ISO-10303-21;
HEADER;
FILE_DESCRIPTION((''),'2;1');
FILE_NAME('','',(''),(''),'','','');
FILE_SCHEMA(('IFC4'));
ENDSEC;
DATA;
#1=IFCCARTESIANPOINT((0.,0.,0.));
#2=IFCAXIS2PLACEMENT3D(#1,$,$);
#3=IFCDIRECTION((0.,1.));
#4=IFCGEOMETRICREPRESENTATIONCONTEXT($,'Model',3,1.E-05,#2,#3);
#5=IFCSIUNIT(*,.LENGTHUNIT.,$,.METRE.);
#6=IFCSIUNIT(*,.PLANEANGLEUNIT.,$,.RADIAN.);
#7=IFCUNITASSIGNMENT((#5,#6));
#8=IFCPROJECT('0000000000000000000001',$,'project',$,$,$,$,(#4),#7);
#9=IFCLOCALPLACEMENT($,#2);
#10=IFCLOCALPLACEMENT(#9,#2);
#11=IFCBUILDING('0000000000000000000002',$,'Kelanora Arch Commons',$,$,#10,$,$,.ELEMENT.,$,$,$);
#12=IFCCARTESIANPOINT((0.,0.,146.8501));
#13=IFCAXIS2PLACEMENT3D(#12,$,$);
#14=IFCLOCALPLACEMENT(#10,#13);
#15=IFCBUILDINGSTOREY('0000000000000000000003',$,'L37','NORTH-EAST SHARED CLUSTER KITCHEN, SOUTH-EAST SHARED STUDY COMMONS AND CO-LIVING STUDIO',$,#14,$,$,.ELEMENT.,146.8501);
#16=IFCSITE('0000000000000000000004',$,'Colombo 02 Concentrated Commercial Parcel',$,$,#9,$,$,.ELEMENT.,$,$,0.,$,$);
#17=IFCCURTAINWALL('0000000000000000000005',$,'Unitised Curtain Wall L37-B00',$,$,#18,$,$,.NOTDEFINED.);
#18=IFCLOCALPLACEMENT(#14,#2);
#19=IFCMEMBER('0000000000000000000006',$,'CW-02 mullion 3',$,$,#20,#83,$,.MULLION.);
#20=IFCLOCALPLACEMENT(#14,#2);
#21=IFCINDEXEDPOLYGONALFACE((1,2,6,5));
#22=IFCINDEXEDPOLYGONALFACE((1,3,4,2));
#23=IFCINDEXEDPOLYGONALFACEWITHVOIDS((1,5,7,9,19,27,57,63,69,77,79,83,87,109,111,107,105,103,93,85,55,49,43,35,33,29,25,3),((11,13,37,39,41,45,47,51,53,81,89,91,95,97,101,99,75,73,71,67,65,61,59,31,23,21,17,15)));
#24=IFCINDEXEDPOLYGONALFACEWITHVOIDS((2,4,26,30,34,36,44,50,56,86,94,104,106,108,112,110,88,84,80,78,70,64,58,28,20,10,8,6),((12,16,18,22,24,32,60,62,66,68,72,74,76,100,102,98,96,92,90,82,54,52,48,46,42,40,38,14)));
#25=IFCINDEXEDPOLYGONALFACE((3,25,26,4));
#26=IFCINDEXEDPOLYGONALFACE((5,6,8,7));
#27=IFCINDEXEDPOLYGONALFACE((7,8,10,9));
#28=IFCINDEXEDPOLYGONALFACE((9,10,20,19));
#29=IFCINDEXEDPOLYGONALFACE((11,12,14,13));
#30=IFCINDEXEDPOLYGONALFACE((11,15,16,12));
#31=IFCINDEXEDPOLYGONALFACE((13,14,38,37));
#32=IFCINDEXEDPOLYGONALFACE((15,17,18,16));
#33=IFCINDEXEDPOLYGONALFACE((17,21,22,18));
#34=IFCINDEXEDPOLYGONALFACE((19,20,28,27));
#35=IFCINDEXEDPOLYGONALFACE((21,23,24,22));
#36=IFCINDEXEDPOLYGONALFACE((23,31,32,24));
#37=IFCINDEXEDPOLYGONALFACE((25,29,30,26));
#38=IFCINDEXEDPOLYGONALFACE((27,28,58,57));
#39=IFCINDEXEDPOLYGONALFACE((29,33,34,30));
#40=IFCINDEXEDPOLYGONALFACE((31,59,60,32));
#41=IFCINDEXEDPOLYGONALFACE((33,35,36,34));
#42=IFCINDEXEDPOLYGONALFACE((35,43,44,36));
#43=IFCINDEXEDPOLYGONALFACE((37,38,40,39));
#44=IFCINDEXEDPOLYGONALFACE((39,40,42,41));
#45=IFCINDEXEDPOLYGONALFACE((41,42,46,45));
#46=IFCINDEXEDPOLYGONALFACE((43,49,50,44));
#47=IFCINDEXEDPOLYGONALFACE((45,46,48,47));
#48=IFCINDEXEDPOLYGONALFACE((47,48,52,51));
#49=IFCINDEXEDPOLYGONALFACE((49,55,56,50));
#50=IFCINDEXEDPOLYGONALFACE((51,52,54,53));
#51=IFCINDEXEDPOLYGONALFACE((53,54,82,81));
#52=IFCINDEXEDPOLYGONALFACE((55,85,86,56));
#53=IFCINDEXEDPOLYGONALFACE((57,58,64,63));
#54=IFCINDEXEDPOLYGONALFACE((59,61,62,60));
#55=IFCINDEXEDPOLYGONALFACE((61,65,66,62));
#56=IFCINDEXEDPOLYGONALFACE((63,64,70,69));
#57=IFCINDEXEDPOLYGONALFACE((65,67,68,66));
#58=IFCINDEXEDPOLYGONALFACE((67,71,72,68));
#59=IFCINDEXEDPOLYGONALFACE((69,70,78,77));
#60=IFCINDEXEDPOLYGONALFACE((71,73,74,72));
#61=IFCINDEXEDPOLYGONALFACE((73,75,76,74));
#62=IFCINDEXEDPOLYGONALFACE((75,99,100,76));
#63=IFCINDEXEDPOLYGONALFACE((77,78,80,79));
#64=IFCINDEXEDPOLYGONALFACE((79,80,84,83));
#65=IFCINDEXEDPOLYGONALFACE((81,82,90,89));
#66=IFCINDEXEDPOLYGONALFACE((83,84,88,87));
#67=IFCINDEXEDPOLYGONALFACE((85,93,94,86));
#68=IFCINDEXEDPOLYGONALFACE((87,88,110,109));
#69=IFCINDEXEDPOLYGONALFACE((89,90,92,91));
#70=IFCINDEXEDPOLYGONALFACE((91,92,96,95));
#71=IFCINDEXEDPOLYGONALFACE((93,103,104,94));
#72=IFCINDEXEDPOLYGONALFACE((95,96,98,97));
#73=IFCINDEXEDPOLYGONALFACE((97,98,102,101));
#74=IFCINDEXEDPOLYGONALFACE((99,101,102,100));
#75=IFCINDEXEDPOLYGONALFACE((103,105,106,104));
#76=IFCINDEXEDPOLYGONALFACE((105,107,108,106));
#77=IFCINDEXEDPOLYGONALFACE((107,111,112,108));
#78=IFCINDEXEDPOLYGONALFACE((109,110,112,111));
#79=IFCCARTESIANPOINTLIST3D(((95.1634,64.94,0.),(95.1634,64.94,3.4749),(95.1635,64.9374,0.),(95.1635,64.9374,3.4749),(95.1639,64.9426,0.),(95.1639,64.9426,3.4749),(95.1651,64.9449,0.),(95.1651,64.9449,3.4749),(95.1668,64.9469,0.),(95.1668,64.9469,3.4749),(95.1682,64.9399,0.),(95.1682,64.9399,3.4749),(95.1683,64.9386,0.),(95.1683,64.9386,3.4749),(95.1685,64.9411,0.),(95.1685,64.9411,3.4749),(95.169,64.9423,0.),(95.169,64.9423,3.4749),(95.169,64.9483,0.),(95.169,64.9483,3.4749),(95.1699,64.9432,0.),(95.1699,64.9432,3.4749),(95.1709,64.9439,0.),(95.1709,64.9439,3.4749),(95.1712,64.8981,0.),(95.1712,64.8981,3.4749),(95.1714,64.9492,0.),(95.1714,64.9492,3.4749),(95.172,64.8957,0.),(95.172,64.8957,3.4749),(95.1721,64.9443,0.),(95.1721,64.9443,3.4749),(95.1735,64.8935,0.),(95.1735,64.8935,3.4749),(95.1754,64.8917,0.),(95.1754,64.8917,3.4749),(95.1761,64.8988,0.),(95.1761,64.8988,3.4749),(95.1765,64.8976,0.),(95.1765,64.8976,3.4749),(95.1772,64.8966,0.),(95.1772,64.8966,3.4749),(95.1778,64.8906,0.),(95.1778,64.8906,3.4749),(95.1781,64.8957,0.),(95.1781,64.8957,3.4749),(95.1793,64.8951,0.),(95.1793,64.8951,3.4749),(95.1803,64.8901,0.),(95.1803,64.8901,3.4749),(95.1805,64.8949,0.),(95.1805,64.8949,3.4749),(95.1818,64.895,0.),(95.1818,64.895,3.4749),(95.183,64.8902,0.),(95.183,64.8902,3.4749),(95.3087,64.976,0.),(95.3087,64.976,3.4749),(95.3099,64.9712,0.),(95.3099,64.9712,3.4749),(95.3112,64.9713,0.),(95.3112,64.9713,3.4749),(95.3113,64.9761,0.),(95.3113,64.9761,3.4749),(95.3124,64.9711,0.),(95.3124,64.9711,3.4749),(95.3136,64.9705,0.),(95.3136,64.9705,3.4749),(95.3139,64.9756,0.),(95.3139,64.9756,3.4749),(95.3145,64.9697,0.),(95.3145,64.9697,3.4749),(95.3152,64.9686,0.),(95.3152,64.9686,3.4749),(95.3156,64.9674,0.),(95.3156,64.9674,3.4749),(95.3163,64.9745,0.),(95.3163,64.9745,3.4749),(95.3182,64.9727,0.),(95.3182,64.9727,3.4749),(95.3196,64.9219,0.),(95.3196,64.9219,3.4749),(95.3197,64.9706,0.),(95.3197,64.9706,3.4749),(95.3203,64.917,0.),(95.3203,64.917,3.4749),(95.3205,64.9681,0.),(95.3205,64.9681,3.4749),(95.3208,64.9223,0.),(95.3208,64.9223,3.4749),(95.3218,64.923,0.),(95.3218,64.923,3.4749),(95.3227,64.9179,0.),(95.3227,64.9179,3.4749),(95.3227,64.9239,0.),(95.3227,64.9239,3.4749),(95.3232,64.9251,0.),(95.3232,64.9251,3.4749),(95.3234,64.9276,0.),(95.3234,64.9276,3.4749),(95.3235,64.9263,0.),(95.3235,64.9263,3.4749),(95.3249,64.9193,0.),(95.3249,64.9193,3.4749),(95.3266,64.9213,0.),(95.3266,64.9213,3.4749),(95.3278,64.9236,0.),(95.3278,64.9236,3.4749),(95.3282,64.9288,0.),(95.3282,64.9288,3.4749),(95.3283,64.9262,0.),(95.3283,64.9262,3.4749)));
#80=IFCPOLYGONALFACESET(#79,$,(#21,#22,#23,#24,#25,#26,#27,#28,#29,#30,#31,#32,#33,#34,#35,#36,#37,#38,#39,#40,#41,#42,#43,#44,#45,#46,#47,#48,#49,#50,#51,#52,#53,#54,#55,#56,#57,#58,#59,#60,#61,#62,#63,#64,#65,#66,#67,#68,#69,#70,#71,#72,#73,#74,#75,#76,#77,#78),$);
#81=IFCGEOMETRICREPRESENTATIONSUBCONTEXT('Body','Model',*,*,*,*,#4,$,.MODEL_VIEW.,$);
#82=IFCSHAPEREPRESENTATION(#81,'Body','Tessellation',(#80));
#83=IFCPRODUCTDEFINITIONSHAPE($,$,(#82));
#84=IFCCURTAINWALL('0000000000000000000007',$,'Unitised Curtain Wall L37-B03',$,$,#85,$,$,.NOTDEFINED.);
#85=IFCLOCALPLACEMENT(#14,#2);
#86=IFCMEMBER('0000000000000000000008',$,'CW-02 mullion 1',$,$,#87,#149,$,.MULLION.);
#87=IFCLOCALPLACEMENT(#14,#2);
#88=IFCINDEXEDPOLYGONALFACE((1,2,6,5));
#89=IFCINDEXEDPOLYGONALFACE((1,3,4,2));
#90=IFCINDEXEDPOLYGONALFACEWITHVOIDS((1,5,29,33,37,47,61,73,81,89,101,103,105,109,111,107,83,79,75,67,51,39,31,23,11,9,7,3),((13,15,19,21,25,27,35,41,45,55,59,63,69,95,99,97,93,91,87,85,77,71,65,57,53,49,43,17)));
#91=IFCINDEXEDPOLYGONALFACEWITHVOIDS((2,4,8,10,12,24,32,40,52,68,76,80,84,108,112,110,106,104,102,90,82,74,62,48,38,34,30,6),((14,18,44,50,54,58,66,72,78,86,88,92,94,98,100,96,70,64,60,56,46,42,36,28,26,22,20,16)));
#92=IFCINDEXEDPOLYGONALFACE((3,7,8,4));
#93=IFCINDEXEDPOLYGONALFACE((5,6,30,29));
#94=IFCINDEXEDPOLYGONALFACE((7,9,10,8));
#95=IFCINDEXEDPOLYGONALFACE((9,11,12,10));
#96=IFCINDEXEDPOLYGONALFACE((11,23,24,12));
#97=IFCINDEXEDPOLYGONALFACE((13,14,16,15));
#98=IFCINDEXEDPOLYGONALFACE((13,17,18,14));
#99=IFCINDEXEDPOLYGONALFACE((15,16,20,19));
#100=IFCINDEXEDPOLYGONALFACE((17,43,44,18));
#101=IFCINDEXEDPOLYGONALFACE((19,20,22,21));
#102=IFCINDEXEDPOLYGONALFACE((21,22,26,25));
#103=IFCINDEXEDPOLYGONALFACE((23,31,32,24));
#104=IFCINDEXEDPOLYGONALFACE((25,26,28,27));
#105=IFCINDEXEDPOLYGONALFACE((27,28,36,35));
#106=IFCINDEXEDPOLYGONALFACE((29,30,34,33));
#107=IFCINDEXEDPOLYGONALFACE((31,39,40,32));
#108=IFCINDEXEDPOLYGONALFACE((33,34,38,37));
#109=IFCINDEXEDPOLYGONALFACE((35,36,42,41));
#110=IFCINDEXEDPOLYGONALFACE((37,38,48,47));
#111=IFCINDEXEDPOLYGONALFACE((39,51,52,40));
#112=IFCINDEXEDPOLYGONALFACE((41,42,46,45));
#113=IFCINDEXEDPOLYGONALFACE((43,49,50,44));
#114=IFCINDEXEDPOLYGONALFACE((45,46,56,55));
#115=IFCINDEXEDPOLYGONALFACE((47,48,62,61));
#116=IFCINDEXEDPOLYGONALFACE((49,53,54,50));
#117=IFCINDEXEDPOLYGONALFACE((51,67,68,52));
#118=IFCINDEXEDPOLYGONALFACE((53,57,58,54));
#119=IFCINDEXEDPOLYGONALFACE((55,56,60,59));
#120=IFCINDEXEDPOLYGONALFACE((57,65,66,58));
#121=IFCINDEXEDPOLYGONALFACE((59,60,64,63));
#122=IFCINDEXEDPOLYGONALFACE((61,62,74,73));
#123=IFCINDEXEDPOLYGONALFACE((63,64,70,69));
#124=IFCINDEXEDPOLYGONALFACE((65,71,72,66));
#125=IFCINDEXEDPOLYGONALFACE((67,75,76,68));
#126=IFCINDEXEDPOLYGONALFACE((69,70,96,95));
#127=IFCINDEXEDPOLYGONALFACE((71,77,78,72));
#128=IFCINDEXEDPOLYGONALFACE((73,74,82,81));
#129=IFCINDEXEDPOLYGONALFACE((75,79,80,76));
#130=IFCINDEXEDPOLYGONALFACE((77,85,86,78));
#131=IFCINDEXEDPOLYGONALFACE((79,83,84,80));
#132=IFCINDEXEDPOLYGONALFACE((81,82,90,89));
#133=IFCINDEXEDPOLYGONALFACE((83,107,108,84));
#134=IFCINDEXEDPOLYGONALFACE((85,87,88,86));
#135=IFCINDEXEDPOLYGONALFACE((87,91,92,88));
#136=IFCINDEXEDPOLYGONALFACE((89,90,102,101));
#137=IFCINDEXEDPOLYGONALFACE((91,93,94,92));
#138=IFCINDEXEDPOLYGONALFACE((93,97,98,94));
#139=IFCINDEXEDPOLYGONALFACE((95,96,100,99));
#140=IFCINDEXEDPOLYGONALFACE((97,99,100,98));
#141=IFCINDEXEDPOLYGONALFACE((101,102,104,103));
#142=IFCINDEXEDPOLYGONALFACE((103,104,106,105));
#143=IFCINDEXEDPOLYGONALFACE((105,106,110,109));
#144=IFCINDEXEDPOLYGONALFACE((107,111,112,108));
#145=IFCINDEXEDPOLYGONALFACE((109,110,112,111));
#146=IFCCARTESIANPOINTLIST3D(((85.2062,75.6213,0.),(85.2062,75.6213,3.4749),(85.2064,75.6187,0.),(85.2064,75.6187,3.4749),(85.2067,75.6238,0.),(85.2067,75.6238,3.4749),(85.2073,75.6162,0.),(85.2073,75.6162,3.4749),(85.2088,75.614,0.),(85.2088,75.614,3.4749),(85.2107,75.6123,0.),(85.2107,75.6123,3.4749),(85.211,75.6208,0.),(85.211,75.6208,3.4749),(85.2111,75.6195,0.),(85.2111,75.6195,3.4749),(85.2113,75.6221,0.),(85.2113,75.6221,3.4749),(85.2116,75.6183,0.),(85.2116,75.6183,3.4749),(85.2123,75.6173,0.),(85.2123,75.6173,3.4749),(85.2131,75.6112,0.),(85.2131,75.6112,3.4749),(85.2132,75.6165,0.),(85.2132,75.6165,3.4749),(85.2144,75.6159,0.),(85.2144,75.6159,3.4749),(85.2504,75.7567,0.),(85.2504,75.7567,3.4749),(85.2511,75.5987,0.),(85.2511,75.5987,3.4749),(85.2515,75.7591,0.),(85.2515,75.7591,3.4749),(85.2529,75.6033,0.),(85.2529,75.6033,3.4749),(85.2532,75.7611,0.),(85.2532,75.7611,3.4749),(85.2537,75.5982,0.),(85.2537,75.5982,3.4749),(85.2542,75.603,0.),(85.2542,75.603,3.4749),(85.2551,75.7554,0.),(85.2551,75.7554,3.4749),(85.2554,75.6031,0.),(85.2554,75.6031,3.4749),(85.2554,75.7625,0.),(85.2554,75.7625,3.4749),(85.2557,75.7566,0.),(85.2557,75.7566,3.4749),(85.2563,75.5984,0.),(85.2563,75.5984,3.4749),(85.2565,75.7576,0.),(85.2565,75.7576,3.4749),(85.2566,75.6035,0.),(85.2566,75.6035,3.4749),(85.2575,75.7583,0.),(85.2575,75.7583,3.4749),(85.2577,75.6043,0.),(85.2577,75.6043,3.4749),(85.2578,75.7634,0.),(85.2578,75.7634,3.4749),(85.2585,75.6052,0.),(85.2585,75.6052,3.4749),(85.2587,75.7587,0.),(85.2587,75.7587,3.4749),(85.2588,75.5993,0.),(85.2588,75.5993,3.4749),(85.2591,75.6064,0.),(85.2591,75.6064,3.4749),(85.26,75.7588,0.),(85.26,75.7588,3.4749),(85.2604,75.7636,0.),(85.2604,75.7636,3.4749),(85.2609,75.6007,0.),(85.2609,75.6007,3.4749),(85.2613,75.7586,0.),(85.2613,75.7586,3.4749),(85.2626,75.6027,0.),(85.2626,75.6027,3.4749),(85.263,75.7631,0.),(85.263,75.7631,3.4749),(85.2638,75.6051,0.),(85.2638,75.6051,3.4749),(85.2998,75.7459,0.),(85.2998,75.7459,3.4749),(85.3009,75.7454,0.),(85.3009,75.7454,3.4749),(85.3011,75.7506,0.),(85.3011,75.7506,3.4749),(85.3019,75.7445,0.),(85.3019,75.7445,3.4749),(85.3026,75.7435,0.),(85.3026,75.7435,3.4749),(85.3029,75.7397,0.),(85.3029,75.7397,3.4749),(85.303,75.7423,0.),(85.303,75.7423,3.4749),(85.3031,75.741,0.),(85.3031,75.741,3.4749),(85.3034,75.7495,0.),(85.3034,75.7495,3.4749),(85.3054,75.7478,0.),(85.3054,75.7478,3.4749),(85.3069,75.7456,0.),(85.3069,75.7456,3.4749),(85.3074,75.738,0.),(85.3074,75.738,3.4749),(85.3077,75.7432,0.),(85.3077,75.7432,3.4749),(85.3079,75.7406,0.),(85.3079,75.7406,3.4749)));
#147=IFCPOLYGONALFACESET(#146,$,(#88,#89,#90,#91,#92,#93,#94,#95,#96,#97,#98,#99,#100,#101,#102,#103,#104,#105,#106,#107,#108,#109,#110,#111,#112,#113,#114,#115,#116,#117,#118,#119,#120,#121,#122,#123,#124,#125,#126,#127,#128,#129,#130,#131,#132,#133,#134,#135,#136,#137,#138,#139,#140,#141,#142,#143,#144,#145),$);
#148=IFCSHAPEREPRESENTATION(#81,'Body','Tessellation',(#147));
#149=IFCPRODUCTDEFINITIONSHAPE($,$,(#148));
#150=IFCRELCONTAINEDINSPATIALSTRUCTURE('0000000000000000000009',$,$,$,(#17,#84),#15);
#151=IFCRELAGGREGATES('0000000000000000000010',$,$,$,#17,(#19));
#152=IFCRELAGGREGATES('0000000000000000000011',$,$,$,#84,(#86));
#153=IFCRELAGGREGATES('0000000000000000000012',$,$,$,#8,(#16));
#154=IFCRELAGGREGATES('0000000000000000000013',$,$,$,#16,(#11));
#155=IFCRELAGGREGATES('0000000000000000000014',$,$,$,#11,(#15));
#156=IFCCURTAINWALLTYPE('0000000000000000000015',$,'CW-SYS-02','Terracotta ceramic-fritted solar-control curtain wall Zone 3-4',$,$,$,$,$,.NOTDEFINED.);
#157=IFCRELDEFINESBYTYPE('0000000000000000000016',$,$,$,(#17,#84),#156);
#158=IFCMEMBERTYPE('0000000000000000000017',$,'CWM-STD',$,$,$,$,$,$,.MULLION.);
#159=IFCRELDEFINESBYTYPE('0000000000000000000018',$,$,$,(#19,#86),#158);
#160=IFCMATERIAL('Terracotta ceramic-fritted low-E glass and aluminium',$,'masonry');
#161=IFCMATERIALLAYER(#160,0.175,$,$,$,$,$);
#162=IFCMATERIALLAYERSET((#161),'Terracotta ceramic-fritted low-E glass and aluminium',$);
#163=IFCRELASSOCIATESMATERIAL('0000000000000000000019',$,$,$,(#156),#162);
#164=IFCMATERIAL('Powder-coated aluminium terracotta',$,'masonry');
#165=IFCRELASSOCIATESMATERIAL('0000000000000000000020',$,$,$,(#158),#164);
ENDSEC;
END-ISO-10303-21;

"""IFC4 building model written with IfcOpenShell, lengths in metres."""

from ifc_helpers import new_model, si_unit, direction, frame, origin, origin_2d, place, context, subcontext, project, spatial, hollow_rectangle, extrude, material, layer, layer_set, material_profile, profile_set, type_object, element, aggregate, save


model = new_model("IFC4")

# Units and contexts
model_context = context("Model", 3, precision=1e-05, world=origin(), true_north=direction((0.0, 1.0)))
body_context = subcontext(model_context, "Body", "Model", "MODEL_VIEW")
ifc_project = project(units=[si_unit("LENGTHUNIT", "METRE"), si_unit("PLANEANGLEUNIT", "RADIAN")], contexts=[model_context])

# Site, building, storey
site_placement = place(None, origin())
site = spatial("IfcSite", under=ifc_project, at=site_placement, Name="Colombo 02 Concentrated Commercial Parcel", CompositionType="ELEMENT", RefElevation=0.0)
building_placement = place(site_placement, origin())
building = spatial("IfcBuilding", under=site, at=building_placement, Name="Kelanora Arch Commons", CompositionType="ELEMENT")
storey_placement = place(building_placement, frame((0.0, 0.0, 146.8501)))
storey = spatial("IfcBuildingStorey", under=building, at=storey_placement, Name="L37", Description="NORTH-EAST SHARED CLUSTER KITCHEN, SOUTH-EAST SHARED STUDY COMMONS AND CO-LIVING STUDIO", CompositionType="ELEMENT", Elevation=146.8501)

# Curtain wall, member
ifc_material_1 = material(Name="Terracotta ceramic-fritted low-E glass and aluminium", Category="masonry")
ifc_layer_1 = layer(ifc_material_1, 0.175)
ifc_layer_set_1 = layer_set([ifc_layer_1], Name="Terracotta ceramic-fritted low-E glass and aluminium")
curtain_wall_type = type_object("IfcCurtainWallType", Name="CW-SYS-02", Description="Terracotta ceramic-fritted solar-control curtain wall Zone 3-4", PredefinedType="NOTDEFINED", material=ifc_layer_set_1)
curtain_wall_1_placement = place(storey_placement, origin())
curtain_wall_1 = element("IfcCurtainWall", 1, at=curtain_wall_1_placement, inside=storey, type_object=curtain_wall_type, Name="Unitised Curtain Wall L37-B00", PredefinedType="NOTDEFINED")
ifc_material_2 = material(Name="Powder-coated aluminium terracotta", Category="masonry")
ifc_material_profile_1 = material_profile(ifc_material_2, hollow_rectangle(XDim=0.1599, YDim=0.0601, WallThickness=0.0049, InnerFilletRadius=0.0049, OuterFilletRadius=0.01, at=origin_2d()), Name="CWM160x60")
ifc_profile_set_1 = profile_set([ifc_material_profile_1], Name="Powder-coated aluminium terracotta")
member_type_1 = type_object("IfcMemberType", Name="CWM-STD", PredefinedType="MULLION", material=ifc_profile_set_1)
member_1_placement = place(storey_placement, frame((95.2458, 64.9331, 0.0), z_axis=(0.0, 0.0, 1.0), x_axis=(-0.981453, -0.191705, 0.0)))
member_1 = element("IfcMember", 2, at=member_1_placement, type_object=member_type_1, Name="CW-02 mullion 3", PredefinedType="MULLION", context=body_context, shape_type="SweptSolid", body=[
    extrude(hollow_rectangle(XDim=0.1599, YDim=0.0601, WallThickness=0.0049, InnerFilletRadius=0.0049, OuterFilletRadius=0.01, at=origin_2d()), origin(), (0.0, 0.0, 1.0), 3.4749),
])
aggregate(curtain_wall_1, [member_1])

# Curtain wall, member
curtain_wall_2_placement = place(storey_placement, origin())
curtain_wall_2 = element("IfcCurtainWall", 3, at=curtain_wall_2_placement, inside=storey, type_object=curtain_wall_type, Name="Unitised Curtain Wall L37-B03", PredefinedType="NOTDEFINED")
member_2_placement = place(storey_placement, frame((85.2571, 75.6809, 0.0), z_axis=(0.0, 0.0, 1.0), x_axis=(-0.312128, -0.95004, 0.0)))
member_2 = element("IfcMember", 4, at=member_2_placement, type_object=member_type_1, Name="CW-02 mullion 1", PredefinedType="MULLION", context=body_context, shape_type="SweptSolid", body=[
    extrude(hollow_rectangle(XDim=0.1599, YDim=0.0601, WallThickness=0.0049, InnerFilletRadius=0.0049, OuterFilletRadius=0.01, at=origin_2d()), origin(), (0.0, 0.0, 1.0), 3.4749),
])
aggregate(curtain_wall_2, [member_2])

save(model, "model.ifc")
